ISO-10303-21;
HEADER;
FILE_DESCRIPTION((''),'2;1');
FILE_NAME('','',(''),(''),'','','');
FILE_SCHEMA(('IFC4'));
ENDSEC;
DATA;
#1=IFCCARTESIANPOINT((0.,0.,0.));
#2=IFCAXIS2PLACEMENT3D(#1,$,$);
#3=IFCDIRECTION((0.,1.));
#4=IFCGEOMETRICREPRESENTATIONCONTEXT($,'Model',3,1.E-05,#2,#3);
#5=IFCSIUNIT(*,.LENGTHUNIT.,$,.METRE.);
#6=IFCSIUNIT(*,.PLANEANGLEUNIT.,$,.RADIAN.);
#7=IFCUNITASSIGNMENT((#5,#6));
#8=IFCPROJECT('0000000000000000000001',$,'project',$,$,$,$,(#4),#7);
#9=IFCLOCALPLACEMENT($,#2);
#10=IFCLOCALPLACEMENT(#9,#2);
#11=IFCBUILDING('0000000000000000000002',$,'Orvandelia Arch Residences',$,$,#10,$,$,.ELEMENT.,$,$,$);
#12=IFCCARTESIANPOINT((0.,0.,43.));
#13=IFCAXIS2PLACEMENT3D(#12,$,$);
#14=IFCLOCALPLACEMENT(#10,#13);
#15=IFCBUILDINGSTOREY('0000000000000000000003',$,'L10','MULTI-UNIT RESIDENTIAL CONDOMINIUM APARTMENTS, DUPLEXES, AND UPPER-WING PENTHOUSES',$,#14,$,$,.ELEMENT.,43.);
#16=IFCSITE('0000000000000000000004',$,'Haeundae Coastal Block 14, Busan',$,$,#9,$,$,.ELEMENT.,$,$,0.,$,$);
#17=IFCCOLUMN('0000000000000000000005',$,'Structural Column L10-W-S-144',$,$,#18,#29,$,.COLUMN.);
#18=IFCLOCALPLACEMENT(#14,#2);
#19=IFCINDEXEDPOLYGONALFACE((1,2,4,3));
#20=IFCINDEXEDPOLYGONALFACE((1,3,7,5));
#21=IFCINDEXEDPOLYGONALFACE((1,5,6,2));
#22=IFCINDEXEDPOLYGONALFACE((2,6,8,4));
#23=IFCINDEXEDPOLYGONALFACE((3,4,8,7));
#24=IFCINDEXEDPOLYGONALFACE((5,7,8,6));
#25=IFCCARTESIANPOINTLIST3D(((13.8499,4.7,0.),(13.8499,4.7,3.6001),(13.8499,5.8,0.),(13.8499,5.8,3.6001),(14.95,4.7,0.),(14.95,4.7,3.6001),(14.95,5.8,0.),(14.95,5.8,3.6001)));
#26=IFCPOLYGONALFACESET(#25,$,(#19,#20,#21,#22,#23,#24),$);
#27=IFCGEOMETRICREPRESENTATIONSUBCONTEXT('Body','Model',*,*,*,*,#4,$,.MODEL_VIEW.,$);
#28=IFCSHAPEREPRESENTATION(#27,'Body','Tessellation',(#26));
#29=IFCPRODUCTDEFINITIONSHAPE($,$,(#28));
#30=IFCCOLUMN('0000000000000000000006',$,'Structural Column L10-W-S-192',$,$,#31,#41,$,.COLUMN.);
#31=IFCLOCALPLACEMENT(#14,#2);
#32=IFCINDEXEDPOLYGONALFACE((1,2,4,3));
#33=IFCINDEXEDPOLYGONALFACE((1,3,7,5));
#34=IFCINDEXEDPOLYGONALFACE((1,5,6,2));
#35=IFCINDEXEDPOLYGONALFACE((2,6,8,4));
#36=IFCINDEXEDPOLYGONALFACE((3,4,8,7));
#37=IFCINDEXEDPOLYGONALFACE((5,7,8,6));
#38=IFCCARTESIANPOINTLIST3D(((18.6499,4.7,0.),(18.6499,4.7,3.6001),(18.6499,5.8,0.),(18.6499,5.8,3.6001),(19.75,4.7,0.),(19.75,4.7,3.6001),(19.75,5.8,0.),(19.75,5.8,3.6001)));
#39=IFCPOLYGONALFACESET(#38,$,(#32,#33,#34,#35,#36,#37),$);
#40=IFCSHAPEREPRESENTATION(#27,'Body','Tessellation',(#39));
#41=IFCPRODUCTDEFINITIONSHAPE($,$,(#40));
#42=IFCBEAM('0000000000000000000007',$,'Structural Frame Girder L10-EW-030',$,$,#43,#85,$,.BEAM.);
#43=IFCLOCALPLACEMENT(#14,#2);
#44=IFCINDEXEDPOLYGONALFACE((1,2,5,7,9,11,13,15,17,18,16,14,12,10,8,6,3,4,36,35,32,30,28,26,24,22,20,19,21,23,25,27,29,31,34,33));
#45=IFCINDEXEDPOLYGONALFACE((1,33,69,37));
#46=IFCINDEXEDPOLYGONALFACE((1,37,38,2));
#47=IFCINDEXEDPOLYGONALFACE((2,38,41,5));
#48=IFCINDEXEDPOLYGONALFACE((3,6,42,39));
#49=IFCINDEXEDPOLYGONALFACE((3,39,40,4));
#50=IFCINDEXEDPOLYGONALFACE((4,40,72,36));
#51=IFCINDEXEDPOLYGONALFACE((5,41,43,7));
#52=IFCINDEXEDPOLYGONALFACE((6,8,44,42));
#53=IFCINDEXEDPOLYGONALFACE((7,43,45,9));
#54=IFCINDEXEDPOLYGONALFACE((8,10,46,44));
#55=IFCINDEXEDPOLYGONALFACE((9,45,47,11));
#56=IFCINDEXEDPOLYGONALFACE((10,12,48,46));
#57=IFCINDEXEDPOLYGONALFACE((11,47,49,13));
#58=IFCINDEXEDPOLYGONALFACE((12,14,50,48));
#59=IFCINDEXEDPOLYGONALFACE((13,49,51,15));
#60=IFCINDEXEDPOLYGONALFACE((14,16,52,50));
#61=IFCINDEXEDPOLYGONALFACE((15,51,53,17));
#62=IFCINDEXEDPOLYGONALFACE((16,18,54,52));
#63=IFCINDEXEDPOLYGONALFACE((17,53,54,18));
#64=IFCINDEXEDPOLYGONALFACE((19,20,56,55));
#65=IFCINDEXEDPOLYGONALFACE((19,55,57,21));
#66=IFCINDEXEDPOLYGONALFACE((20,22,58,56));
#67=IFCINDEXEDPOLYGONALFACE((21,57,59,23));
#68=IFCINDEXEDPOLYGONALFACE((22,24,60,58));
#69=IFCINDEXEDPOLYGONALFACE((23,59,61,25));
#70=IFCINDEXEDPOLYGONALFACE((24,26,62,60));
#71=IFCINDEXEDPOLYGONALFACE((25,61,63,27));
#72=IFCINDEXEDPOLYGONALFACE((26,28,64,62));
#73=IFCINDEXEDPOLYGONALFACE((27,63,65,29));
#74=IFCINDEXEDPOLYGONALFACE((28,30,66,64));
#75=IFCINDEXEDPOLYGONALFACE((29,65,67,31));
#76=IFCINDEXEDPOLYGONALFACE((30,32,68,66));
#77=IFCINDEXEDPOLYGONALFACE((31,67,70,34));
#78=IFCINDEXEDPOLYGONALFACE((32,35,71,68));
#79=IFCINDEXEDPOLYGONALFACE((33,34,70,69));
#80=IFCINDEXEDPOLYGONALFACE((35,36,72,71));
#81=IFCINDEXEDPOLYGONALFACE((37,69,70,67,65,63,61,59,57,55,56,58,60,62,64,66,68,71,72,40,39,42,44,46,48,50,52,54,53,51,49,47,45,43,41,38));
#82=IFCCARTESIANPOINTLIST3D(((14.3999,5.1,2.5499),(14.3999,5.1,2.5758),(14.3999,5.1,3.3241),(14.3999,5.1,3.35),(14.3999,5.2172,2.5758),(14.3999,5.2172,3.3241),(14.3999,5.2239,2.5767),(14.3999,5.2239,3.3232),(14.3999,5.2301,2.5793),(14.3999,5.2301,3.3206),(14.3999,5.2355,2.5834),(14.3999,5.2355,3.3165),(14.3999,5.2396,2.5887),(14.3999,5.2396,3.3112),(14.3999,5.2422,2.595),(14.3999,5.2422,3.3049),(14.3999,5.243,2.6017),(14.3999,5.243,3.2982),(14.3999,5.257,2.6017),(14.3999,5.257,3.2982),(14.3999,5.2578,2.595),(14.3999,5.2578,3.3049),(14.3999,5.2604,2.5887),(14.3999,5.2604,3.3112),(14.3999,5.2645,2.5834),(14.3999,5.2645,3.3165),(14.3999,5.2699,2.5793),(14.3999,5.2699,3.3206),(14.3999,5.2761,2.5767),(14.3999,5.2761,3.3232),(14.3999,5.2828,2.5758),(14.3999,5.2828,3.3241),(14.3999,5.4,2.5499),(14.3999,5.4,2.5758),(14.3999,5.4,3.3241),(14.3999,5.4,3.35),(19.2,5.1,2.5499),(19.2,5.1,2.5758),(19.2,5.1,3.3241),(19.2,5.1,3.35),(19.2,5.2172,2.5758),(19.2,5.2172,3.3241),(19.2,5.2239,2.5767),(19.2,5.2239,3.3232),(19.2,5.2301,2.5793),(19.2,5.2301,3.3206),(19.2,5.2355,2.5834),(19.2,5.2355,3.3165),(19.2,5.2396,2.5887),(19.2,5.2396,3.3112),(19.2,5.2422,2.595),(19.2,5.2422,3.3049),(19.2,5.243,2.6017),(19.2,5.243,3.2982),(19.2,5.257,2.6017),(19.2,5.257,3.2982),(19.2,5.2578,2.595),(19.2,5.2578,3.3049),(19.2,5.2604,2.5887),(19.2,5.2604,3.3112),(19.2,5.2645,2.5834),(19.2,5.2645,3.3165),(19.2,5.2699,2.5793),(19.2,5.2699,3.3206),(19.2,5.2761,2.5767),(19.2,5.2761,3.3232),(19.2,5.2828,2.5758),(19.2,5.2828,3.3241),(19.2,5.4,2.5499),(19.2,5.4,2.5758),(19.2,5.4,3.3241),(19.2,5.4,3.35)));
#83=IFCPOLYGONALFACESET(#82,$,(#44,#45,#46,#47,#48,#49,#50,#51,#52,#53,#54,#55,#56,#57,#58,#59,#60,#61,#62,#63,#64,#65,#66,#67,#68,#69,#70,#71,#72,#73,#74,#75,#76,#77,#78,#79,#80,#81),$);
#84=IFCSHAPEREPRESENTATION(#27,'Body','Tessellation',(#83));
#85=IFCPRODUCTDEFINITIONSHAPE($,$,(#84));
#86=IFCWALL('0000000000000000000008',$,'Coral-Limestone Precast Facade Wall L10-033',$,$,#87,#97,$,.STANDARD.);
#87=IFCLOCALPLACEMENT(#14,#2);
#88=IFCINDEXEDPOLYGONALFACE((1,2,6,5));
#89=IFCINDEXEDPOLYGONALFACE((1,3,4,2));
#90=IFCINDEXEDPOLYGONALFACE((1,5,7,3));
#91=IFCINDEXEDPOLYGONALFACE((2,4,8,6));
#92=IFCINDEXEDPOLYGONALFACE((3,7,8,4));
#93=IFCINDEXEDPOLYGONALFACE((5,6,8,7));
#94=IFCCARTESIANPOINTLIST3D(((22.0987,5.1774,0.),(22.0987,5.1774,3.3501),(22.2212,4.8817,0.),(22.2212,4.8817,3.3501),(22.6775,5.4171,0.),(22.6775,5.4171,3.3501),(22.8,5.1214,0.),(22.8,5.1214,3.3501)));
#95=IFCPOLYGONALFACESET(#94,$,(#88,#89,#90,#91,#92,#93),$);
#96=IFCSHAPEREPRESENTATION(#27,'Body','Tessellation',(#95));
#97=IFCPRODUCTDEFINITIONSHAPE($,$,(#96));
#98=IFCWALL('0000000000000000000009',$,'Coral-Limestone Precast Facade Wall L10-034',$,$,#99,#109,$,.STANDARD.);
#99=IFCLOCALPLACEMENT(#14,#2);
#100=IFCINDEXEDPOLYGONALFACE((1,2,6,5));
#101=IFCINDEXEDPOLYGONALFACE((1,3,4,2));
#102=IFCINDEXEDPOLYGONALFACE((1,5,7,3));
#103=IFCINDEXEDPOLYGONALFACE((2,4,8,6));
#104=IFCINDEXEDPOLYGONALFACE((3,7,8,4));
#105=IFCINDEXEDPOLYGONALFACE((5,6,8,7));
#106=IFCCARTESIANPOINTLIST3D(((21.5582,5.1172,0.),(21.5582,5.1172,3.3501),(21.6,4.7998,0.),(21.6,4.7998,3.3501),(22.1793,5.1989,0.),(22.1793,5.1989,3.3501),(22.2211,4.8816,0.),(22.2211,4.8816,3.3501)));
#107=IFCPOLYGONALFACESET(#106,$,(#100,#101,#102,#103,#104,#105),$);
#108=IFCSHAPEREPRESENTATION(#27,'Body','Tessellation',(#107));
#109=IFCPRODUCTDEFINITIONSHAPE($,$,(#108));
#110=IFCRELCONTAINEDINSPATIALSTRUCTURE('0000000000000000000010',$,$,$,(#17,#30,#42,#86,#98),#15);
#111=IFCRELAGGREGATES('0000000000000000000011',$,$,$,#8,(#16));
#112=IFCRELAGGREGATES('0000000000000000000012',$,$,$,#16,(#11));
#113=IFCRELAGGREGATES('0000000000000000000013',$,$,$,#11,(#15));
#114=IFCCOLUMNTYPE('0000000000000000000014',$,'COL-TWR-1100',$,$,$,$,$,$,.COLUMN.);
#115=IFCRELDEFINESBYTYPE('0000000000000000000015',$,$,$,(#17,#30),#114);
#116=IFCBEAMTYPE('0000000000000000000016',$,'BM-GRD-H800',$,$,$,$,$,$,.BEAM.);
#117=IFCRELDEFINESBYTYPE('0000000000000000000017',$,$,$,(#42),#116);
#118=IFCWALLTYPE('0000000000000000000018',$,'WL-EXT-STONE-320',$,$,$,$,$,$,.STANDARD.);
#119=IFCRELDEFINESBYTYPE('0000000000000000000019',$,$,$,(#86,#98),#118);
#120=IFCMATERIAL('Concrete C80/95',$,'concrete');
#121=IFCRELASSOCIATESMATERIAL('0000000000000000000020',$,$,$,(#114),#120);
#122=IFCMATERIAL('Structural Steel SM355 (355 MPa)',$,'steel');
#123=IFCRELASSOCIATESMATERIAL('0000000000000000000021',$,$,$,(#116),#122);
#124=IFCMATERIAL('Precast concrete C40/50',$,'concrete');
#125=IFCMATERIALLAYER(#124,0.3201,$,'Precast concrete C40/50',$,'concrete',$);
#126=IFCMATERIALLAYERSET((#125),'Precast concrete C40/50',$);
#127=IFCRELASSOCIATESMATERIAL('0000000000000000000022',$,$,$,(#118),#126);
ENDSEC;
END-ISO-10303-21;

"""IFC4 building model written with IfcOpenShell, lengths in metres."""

from ifc_helpers import new_model, si_unit, direction, frame, frame_2d, origin, origin_2d, place, context, subcontext, project, spatial, rectangle, i_section, extrude, material, layer, layer_set, material_profile, profile_set, type_object, element, save


model = new_model("IFC4")

# Units and contexts
model_context = context("Model", 3, precision=1e-05, world=origin(), true_north=direction((0.0, 1.0)))
body_context = subcontext(model_context, "Body", "Model", "MODEL_VIEW")
ifc_project = project(units=[si_unit("LENGTHUNIT", "METRE"), si_unit("PLANEANGLEUNIT", "RADIAN")], contexts=[model_context])

# Site, building, storey
site_placement = place(None, origin())
site = spatial("IfcSite", under=ifc_project, at=site_placement, Name="Haeundae Coastal Block 14, Busan", CompositionType="ELEMENT", RefElevation=0.0)
building_placement = place(site_placement, origin())
building = spatial("IfcBuilding", under=site, at=building_placement, Name="Orvandelia Arch Residences", CompositionType="ELEMENT")
storey_placement = place(building_placement, frame((0.0, 0.0, 43.0)))
storey = spatial("IfcBuildingStorey", under=building, at=storey_placement, Name="L10", Description="MULTI-UNIT RESIDENTIAL CONDOMINIUM APARTMENTS, DUPLEXES, AND UPPER-WING PENTHOUSES", CompositionType="ELEMENT", Elevation=43.0)

# Columns
ifc_material_1 = material(Name="Concrete C80/95", Category="concrete")
ifc_material_profile_1 = material_profile(ifc_material_1, rectangle(XDim=1.1001, YDim=1.1001, at=origin_2d()), Name="Concrete C80/95", Category="concrete")
ifc_profile_set_1 = profile_set([ifc_material_profile_1], Name="Concrete C80/95")
column_type = type_object("IfcColumnType", Name="COL-TWR-1100", PredefinedType="COLUMN", material=ifc_profile_set_1)
for number, where, z_axis, x_axis, name in (
    (1, (14.3999, 5.25, 0.0), (0.0, 0.0, 1.0), (1.0, 0.0, 0.0), "Structural Column L10-W-S-144"),
    (2, (19.2, 5.25, 0.0), (0.0, 0.0, 1.0), (1.0, 0.0, 0.0), "Structural Column L10-W-S-192"),
):
    element("IfcColumn", number, at=place(storey_placement, frame(where, z_axis=z_axis, x_axis=x_axis)), inside=storey, type_object=column_type, Name=name, PredefinedType="COLUMN", context=body_context, shape_type="SweptSolid", body=[
        extrude(rectangle(XDim=1.1001, YDim=1.1001, at=origin_2d()), origin(), (0.0, 0.0, 1.0), 3.6001),
    ])

# Beam
ifc_material_2 = material(Name="Structural Steel SM355 (355 MPa)", Category="steel")
ifc_material_profile_2 = material_profile(ifc_material_2, i_section(OverallWidth=0.3, OverallDepth=0.8, WebThickness=0.0139, FlangeThickness=0.0259, FilletRadius=0.0259, at=origin_2d()), Name="Structural Steel SM355 (355 MPa)", Category="steel")
ifc_profile_set_2 = profile_set([ifc_material_profile_2], Name="Structural Steel SM355 (355 MPa)")
beam_type = type_object("IfcBeamType", Name="BM-GRD-H800", PredefinedType="BEAM", material=ifc_profile_set_2)
beam_placement = place(storey_placement, frame((14.3999, 5.25, 2.95), z_axis=(1.0, 0.0, 0.0), x_axis=(0.0, 1.0, 0.0)))
element("IfcBeam", 3, at=beam_placement, inside=storey, type_object=beam_type, Name="Structural Frame Girder L10-EW-030", PredefinedType="BEAM", context=body_context, shape_type="SweptSolid", body=[
    extrude(i_section(OverallWidth=0.3, OverallDepth=0.8, WebThickness=0.0139, FlangeThickness=0.0259, FilletRadius=0.0259, at=origin_2d()), origin(), (0.0, 0.0, 1.0), 4.8),
])

# Walls
ifc_material_3 = material(Name="Precast concrete C40/50", Category="concrete")
ifc_layer_1 = layer(ifc_material_3, 0.3201, Name="Precast concrete C40/50", Category="concrete")
ifc_layer_set_1 = layer_set([ifc_layer_1], Name="Precast concrete C40/50")
wall_type_1 = type_object("IfcWallType", Name="WL-EXT-STONE-320", PredefinedType="STANDARD", material=ifc_layer_set_1)
for number, where, z_axis, x_axis, name in (
    (4, (22.7388, 5.2693, 0.0), (0.0, 0.0, 1.0), (-0.923893, -0.38265, 0.0), "Coral-Limestone Precast Facade Wall L10-033"),
    (5, (22.2002, 5.0403, 0.0), (0.0, 0.0, 1.0), (-0.991441, -0.130555, 0.0), "Coral-Limestone Precast Facade Wall L10-034"),
):
    element("IfcWall", number, at=place(storey_placement, frame(where, z_axis=z_axis, x_axis=x_axis)), inside=storey, type_object=wall_type_1, Name=name, PredefinedType="STANDARD", context=body_context, shape_type="SweptSolid", body=[
        extrude(rectangle(XDim=0.6265, YDim=0.3201, at=frame_2d((0.3132, 0.0))), origin(), (0.0, 0.0, 1.0), 3.3501),
    ])

save(model, "model.ifc")
